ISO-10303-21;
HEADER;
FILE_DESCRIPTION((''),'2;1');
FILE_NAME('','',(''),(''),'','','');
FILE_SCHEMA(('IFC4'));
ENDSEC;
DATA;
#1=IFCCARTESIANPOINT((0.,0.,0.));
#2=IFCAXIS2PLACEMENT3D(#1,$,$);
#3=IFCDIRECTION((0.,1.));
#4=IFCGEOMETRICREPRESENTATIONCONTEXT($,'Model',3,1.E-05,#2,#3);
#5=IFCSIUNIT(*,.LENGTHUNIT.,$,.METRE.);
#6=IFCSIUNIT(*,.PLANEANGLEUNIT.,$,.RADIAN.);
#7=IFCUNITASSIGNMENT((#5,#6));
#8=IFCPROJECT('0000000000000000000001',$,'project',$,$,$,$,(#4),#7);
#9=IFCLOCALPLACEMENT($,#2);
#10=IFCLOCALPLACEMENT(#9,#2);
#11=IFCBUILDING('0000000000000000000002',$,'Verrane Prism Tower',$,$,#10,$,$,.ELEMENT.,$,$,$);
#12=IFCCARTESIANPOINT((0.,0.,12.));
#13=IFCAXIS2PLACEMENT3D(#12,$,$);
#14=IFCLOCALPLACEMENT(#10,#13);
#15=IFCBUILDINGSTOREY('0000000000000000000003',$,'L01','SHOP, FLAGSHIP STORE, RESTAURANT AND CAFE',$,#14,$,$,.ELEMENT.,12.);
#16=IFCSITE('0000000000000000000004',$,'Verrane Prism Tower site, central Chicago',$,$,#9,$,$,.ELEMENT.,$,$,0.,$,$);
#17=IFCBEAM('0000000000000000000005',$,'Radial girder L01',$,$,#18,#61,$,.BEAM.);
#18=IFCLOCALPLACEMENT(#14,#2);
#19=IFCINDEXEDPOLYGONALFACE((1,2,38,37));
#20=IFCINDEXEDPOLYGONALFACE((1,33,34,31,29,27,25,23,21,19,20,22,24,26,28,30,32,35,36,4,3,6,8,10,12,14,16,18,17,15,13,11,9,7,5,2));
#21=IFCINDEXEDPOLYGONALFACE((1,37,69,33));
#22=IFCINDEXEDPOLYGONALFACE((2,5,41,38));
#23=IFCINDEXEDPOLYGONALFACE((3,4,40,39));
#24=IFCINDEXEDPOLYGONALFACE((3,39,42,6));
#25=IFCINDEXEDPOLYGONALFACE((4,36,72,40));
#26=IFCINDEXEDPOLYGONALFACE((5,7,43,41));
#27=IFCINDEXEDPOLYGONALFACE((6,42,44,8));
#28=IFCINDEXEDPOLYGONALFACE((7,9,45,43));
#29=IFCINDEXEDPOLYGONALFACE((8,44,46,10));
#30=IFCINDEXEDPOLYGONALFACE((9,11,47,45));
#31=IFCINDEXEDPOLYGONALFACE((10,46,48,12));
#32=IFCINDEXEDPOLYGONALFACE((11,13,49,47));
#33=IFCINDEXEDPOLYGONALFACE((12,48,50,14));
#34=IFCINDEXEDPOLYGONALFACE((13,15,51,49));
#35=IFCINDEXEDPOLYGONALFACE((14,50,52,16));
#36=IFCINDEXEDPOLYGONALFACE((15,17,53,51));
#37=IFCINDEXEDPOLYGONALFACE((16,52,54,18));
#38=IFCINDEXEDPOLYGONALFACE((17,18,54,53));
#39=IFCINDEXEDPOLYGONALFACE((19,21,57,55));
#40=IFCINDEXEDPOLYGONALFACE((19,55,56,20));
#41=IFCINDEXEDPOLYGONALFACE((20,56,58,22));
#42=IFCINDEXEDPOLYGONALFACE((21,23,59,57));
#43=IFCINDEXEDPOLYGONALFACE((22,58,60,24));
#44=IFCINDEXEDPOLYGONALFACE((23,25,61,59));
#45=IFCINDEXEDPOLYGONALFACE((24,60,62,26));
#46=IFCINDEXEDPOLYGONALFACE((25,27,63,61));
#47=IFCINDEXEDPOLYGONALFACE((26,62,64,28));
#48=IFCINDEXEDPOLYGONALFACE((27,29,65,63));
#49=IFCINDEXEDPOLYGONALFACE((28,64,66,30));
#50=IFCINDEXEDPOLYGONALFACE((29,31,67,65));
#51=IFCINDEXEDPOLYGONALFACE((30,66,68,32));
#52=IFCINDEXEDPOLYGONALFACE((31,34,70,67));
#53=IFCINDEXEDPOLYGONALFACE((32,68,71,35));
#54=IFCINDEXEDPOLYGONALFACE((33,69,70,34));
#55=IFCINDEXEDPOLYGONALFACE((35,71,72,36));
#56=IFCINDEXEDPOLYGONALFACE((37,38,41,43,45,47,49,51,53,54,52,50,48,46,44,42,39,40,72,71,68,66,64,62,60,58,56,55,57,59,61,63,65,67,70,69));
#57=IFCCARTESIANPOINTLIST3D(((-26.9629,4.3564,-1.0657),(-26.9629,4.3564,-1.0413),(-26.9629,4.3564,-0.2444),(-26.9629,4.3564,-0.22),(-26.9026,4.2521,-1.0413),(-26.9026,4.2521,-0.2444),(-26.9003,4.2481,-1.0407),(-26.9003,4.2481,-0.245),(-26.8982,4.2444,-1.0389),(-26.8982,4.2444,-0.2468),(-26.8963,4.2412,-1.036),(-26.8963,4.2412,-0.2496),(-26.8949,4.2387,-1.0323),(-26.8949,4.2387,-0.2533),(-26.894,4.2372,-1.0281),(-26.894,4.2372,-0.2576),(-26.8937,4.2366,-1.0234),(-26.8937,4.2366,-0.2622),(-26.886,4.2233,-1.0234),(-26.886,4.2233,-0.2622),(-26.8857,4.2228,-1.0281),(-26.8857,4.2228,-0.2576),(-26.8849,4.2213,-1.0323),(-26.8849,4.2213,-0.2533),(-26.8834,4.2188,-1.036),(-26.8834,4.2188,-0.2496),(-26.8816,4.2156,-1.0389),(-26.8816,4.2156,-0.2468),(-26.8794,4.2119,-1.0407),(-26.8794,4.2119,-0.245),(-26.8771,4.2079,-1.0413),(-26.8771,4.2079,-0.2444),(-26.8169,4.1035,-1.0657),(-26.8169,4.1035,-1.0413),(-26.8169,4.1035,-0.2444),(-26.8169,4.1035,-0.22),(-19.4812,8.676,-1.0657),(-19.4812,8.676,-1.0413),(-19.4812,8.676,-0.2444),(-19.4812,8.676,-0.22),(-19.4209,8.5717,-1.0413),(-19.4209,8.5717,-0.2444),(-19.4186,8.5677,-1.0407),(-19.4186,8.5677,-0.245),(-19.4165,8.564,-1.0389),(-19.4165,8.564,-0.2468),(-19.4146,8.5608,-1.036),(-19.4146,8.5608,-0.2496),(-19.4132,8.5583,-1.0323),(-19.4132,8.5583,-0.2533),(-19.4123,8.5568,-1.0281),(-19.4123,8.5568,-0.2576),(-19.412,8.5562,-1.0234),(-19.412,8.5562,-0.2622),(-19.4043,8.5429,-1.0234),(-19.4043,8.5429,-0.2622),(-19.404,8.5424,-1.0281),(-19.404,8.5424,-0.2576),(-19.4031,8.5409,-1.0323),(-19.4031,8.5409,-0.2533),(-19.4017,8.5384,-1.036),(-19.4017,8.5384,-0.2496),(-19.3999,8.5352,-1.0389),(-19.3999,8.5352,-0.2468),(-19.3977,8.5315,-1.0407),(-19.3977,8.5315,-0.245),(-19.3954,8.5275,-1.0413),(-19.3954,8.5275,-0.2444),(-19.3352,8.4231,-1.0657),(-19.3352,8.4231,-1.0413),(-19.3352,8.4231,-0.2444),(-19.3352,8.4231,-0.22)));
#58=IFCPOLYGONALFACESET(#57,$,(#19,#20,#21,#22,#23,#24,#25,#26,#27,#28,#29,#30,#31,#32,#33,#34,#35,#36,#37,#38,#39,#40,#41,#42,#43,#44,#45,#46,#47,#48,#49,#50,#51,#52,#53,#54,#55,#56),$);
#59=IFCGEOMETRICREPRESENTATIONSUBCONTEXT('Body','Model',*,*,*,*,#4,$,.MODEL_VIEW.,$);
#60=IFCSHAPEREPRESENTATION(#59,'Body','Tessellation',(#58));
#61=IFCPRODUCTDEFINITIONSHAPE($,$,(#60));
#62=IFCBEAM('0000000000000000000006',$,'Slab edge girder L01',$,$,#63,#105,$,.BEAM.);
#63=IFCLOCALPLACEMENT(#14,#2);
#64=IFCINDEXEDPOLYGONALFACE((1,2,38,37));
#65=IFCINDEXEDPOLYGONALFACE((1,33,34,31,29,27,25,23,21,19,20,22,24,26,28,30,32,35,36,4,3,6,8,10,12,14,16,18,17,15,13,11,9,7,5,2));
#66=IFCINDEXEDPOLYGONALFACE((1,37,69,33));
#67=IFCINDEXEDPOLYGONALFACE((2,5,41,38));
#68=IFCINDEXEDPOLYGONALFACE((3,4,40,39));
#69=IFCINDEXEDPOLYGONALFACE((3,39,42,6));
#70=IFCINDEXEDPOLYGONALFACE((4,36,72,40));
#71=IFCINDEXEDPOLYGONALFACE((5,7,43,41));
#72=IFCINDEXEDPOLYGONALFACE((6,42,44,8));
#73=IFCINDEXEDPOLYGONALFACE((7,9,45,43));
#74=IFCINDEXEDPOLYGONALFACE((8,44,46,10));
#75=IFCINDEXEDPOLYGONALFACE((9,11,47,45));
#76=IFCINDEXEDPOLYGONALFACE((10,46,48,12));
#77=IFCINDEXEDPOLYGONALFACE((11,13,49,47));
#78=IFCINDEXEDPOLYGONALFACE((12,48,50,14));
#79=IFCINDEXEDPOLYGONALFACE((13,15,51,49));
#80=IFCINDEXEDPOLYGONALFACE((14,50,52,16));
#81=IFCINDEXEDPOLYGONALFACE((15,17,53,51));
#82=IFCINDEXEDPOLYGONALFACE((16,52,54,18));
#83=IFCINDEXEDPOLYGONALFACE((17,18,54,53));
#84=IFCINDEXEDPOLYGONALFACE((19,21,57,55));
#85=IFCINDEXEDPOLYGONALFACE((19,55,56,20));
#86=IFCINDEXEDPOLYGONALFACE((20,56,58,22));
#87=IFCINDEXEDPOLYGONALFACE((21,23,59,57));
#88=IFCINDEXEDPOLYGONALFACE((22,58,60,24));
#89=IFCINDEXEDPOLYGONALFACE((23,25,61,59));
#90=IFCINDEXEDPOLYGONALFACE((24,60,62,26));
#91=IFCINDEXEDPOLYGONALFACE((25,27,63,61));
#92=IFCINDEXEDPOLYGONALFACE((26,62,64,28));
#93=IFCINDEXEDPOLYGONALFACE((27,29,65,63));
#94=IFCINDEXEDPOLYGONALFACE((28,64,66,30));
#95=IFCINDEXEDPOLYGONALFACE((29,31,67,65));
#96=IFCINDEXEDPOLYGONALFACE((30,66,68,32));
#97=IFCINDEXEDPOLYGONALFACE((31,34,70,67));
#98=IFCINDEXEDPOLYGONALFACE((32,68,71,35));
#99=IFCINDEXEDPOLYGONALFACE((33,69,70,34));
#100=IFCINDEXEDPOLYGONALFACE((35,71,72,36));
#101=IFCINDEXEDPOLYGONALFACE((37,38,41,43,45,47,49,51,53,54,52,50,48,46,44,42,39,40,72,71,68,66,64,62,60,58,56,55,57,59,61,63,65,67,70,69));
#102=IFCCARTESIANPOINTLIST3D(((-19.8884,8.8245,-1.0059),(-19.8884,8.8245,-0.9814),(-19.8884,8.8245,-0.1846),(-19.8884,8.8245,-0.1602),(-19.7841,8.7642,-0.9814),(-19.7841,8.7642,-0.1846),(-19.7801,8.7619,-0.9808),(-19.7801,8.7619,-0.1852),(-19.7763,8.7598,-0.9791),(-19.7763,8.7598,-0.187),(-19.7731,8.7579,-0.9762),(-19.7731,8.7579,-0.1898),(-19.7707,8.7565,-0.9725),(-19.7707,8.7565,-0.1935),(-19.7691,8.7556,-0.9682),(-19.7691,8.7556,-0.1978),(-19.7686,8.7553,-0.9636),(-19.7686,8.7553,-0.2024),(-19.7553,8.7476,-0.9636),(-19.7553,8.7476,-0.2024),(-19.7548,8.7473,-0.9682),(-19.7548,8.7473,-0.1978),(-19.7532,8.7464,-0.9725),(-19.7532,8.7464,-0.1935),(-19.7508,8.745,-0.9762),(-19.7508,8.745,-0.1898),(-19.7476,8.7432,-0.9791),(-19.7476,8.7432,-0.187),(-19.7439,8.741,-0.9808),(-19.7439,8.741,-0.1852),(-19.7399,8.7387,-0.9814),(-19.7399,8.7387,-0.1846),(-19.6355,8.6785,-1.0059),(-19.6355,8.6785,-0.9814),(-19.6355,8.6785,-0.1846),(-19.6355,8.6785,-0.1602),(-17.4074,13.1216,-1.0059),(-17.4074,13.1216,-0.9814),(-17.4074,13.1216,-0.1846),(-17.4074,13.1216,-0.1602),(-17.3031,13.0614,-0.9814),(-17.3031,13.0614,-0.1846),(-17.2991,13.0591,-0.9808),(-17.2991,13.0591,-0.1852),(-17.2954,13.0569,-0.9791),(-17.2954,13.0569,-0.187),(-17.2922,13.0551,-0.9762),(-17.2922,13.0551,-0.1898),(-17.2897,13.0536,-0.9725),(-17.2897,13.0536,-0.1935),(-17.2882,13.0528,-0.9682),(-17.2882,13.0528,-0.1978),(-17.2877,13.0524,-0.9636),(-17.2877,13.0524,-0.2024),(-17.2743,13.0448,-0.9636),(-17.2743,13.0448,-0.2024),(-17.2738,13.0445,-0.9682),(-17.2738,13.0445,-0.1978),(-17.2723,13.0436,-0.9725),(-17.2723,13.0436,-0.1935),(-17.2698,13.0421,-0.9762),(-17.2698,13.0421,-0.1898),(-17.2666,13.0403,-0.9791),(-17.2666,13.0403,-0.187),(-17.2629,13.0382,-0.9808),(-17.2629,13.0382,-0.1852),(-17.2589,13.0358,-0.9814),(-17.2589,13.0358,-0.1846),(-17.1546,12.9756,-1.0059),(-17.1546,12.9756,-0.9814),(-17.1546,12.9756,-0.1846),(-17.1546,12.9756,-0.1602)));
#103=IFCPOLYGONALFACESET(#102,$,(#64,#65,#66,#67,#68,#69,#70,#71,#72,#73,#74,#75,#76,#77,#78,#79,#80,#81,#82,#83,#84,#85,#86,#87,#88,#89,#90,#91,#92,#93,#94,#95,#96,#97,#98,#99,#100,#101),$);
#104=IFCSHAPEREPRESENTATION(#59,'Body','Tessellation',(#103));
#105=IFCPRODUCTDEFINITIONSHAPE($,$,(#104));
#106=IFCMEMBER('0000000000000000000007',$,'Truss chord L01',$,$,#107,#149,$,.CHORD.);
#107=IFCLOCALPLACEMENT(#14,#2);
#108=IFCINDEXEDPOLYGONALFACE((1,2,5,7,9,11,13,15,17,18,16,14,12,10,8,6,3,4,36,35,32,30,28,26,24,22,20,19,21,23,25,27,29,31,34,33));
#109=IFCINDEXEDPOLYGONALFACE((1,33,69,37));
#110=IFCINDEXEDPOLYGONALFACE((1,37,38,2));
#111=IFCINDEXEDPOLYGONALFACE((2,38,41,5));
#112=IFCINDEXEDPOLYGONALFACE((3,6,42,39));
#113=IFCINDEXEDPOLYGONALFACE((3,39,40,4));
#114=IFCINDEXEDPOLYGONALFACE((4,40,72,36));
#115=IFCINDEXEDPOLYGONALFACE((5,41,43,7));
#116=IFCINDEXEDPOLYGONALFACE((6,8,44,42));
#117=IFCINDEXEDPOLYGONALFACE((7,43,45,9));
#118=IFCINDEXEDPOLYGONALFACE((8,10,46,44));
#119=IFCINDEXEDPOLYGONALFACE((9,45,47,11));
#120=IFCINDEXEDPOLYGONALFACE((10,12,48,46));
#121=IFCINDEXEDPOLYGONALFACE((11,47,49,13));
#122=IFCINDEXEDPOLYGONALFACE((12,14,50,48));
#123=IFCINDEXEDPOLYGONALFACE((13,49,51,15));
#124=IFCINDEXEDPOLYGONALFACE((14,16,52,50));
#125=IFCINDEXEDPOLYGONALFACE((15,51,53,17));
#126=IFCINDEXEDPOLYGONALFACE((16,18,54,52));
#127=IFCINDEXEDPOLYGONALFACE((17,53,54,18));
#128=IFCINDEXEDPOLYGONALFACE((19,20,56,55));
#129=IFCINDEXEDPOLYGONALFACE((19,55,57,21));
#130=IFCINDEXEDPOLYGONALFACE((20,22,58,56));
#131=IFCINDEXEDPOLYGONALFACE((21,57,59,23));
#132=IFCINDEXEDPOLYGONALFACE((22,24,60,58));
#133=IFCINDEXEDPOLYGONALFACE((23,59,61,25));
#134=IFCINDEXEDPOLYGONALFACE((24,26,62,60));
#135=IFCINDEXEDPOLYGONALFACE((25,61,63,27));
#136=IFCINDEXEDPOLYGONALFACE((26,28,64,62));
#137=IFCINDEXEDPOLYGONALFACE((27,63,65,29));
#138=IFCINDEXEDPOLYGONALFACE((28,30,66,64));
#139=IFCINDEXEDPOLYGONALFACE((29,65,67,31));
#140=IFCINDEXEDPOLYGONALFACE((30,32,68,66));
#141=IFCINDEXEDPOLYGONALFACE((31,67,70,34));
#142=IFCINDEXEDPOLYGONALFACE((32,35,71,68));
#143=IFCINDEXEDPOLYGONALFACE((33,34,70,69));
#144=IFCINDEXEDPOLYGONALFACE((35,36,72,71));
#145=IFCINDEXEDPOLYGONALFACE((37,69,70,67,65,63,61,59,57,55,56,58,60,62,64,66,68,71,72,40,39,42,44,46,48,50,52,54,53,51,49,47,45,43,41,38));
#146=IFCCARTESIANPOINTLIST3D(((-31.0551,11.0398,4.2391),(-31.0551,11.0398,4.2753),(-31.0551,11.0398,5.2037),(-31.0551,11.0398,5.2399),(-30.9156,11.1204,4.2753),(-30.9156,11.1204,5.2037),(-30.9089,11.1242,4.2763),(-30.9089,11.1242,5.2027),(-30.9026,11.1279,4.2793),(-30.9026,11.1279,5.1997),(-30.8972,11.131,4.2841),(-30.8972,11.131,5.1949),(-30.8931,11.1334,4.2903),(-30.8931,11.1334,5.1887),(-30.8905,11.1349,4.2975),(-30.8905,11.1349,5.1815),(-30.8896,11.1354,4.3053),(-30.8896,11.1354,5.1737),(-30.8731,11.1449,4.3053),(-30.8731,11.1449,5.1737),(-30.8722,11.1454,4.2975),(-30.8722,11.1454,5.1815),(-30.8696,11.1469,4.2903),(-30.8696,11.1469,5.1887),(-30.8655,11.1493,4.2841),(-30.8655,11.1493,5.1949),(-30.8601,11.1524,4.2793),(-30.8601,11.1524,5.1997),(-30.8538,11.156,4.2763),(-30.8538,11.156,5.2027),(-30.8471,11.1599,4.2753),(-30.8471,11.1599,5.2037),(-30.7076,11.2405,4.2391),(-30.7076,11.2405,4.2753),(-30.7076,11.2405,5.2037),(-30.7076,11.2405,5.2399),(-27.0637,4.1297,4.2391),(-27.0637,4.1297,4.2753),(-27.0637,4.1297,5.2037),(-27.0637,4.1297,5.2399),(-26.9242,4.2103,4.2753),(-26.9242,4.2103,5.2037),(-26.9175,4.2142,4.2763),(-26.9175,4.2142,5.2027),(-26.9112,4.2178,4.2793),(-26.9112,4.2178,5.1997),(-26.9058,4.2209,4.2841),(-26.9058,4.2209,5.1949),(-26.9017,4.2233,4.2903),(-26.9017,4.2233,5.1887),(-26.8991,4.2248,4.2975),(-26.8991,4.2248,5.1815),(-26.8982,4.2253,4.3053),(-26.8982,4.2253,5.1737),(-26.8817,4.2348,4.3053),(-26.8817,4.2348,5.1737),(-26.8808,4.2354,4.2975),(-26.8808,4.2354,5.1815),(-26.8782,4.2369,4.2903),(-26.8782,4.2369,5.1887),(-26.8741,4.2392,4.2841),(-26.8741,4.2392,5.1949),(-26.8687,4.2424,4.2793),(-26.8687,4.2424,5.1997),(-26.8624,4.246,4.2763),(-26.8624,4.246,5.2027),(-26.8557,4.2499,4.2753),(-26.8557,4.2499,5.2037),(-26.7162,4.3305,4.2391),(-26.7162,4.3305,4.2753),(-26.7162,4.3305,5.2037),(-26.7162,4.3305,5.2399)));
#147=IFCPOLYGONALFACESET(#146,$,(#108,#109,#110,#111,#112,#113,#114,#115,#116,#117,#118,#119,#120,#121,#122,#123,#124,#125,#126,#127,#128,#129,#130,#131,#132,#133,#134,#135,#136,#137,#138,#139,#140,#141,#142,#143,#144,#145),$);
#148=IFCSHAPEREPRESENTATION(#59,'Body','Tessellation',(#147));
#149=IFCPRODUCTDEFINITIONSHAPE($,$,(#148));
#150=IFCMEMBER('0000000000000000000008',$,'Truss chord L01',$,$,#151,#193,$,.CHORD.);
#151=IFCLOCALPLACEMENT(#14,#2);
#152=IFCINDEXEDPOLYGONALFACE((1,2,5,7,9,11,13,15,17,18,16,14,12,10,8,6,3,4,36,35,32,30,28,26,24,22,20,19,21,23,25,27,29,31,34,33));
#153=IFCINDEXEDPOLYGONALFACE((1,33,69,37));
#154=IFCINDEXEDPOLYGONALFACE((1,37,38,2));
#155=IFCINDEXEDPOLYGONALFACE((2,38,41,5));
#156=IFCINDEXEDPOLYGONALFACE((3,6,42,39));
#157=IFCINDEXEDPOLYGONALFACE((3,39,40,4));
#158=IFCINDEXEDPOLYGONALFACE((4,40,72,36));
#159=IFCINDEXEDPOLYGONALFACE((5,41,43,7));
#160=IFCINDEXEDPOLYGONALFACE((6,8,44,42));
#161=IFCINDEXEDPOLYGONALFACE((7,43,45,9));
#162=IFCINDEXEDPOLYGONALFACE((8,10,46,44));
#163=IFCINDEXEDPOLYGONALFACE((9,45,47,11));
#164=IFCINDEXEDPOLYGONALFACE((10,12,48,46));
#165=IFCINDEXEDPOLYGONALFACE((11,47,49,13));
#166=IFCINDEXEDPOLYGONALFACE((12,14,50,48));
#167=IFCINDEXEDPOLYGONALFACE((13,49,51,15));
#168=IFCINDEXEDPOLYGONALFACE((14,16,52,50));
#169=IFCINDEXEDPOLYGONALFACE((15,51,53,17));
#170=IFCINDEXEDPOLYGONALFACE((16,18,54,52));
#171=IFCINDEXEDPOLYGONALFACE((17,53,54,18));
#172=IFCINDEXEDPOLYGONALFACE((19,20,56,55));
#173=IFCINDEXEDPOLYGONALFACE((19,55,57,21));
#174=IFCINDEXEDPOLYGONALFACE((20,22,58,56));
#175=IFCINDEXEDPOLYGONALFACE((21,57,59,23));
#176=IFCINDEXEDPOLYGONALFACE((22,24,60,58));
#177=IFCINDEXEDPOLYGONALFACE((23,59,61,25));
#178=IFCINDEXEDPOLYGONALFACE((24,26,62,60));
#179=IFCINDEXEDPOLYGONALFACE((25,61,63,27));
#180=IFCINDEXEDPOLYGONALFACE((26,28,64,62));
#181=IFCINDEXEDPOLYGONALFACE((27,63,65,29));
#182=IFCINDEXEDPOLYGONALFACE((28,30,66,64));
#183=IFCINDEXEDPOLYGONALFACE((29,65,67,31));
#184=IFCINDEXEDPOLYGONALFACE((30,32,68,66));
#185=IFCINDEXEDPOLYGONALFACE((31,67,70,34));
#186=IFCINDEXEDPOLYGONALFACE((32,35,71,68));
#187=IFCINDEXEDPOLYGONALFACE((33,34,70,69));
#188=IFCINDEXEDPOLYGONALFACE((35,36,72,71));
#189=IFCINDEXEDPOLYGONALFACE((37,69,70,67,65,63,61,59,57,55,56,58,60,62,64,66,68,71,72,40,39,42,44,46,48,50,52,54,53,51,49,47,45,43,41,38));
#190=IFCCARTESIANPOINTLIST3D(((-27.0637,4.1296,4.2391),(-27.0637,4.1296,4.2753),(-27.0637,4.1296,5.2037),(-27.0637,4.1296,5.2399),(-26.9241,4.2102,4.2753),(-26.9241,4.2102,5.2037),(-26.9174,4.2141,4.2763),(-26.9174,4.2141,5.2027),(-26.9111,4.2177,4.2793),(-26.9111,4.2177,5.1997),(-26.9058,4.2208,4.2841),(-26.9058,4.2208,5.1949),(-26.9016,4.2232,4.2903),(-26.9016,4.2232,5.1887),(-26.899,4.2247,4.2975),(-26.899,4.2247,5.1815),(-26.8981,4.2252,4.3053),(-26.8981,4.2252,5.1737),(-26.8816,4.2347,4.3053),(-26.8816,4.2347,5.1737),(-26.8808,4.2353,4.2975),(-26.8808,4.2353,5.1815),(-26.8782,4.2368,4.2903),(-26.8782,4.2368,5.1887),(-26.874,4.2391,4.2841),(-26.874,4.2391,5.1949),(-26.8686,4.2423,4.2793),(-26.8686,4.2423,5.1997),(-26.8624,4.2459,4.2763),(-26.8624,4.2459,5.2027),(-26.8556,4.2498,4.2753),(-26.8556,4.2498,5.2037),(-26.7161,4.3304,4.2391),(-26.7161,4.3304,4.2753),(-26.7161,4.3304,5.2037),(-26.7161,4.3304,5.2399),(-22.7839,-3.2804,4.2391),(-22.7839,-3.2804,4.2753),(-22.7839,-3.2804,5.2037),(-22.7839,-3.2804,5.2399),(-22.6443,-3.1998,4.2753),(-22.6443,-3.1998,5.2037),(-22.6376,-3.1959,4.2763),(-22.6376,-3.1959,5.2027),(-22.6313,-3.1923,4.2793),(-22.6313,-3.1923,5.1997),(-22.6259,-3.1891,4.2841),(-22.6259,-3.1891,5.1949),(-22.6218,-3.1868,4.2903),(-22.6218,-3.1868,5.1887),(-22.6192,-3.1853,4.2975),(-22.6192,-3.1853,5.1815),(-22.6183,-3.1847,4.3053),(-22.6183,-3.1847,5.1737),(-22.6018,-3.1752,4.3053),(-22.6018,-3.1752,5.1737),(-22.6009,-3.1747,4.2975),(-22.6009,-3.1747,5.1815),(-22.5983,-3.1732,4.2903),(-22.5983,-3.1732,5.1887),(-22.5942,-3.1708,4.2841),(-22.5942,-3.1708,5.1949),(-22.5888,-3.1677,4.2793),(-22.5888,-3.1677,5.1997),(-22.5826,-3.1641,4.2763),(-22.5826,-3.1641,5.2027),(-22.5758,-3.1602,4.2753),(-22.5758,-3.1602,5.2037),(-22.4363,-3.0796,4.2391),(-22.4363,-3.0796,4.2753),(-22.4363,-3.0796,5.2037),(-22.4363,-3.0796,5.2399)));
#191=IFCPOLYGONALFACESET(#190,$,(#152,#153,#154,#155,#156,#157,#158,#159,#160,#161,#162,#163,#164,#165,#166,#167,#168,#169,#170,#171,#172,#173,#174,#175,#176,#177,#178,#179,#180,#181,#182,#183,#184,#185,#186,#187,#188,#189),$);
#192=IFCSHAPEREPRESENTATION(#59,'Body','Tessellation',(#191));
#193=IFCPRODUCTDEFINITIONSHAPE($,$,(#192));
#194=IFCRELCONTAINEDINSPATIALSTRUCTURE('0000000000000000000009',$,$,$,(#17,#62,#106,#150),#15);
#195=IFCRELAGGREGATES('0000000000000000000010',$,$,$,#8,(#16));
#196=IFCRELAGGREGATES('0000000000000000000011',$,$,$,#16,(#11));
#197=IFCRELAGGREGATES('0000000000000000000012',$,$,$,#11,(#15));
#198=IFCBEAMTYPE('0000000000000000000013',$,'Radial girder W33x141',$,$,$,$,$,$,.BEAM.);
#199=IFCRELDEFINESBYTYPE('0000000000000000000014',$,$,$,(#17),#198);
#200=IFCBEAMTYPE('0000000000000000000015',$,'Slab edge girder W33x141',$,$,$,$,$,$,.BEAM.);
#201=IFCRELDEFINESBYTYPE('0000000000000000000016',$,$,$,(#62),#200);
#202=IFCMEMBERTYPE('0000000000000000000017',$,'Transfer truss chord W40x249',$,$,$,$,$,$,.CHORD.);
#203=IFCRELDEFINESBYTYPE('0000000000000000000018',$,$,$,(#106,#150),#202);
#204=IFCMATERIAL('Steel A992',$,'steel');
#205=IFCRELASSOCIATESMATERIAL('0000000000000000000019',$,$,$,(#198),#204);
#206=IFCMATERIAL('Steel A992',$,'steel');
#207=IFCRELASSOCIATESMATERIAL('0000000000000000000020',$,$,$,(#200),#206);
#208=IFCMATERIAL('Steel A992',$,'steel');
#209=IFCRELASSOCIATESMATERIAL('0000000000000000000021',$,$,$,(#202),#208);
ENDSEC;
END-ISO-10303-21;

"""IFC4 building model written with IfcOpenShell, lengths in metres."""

from ifc_helpers import new_model, si_unit, direction, frame, origin, origin_2d, place, context, subcontext, project, spatial, i_section, extrude, material, material_profile, profile_set, type_object, element, save


model = new_model("IFC4")

# Units and contexts
model_context = context("Model", 3, precision=1e-05, world=origin(), true_north=direction((0.0, 1.0)))
body_context = subcontext(model_context, "Body", "Model", "MODEL_VIEW")
ifc_project = project(units=[si_unit("LENGTHUNIT", "METRE"), si_unit("PLANEANGLEUNIT", "RADIAN")], contexts=[model_context])

# Site, building, storey
site_placement = place(None, origin())
site = spatial("IfcSite", under=ifc_project, at=site_placement, Name="Verrane Prism Tower site, central Chicago", CompositionType="ELEMENT", RefElevation=0.0)
building_placement = place(site_placement, origin())
building = spatial("IfcBuilding", under=site, at=building_placement, Name="Verrane Prism Tower", CompositionType="ELEMENT")
storey_placement = place(building_placement, frame((0.0, 0.0, 12.0)))
storey = spatial("IfcBuildingStorey", under=building, at=storey_placement, Name="L01", Description="SHOP, FLAGSHIP STORE, RESTAURANT AND CAFE", CompositionType="ELEMENT", Elevation=12.0)

# Beams
ifc_material_1 = material(Name="Steel A992", Category="steel")
ifc_material_profile_1 = material_profile(ifc_material_1, i_section(OverallWidth=0.292, OverallDepth=0.8457, WebThickness=0.0154, FlangeThickness=0.0244, FilletRadius=0.0178, at=origin_2d()), Name="W33x141")
ifc_profile_set_1 = profile_set([ifc_material_profile_1], Name="Steel A992")
beam_type_1 = type_object("IfcBeamType", Name="Radial girder W33x141", PredefinedType="BEAM", material=ifc_profile_set_1)
beam_1_placement = place(storey_placement, frame((-26.8899, 4.23, -0.6428), z_axis=(0.866024, 0.500002, 0.0), x_axis=(-0.500002, 0.866024, 0.0)))
element("IfcBeam", 1, at=beam_1_placement, inside=storey, type_object=beam_type_1, Name="Radial girder L01", PredefinedType="BEAM", context=body_context, shape_type="SweptSolid", body=[
    extrude(i_section(OverallWidth=0.292, OverallDepth=0.8457, WebThickness=0.0154, FlangeThickness=0.0244, FilletRadius=0.0178, at=origin_2d()), origin(), (0.0, 0.0, 1.0), 8.6392),
])
ifc_material_2 = material(Name="Steel A992", Category="steel")
ifc_material_profile_2 = material_profile(ifc_material_2, i_section(OverallWidth=0.292, OverallDepth=0.8457, WebThickness=0.0154, FlangeThickness=0.0244, FilletRadius=0.0178, at=origin_2d()), Name="W33x141")
ifc_profile_set_2 = profile_set([ifc_material_profile_2], Name="Steel A992")
beam_type_2 = type_object("IfcBeamType", Name="Slab edge girder W33x141", PredefinedType="BEAM", material=ifc_profile_set_2)
beam_2_placement = place(storey_placement, frame((-19.762, 8.7515, -0.583), z_axis=(0.500002, 0.866024, 0.0), x_axis=(-0.866024, 0.500002, 0.0)))
element("IfcBeam", 2, at=beam_2_placement, inside=storey, type_object=beam_type_2, Name="Slab edge girder L01", PredefinedType="BEAM", context=body_context, shape_type="SweptSolid", body=[
    extrude(i_section(OverallWidth=0.292, OverallDepth=0.8457, WebThickness=0.0154, FlangeThickness=0.0244, FilletRadius=0.0178, at=origin_2d()), origin(), (0.0, 0.0, 1.0), 4.9619),
])

# Members
ifc_material_3 = material(Name="Steel A992", Category="steel")
ifc_material_profile_3 = material_profile(ifc_material_3, i_section(OverallWidth=0.4014, OverallDepth=1.0007, WebThickness=0.019, FlangeThickness=0.0361, FilletRadius=0.03, at=origin_2d()), Name="W40x249")
ifc_profile_set_3 = profile_set([ifc_material_profile_3], Name="Steel A992")
member_type_1 = type_object("IfcMemberType", Name="Transfer truss chord W40x249", PredefinedType="CHORD", material=ifc_profile_set_3)
member_1_placement = place(storey_placement, frame((-30.8813, 11.1401, 4.7395), z_axis=(0.500176, -0.865924, 0.0), x_axis=(0.865924, 0.500176, 0.0)))
element("IfcMember", 3, at=member_1_placement, inside=storey, type_object=member_type_1, Name="Truss chord L01", PredefinedType="CHORD", context=body_context, shape_type="SweptSolid", body=[
    extrude(i_section(OverallWidth=0.4014, OverallDepth=1.0007, WebThickness=0.019, FlangeThickness=0.0361, FilletRadius=0.03, at=origin_2d()), origin(), (0.0, 0.0, 1.0), 7.98),
])
member_2_placement = place(storey_placement, frame((-26.8899, 4.23, 4.7395), z_axis=(0.500146, -0.865941, 0.0), x_axis=(0.865941, 0.500146, 0.0)))
element("IfcMember", 4, at=member_2_placement, inside=storey, type_object=member_type_1, Name="Truss chord L01", PredefinedType="CHORD", context=body_context, shape_type="SweptSolid", body=[
    extrude(i_section(OverallWidth=0.4014, OverallDepth=1.0007, WebThickness=0.019, FlangeThickness=0.0361, FilletRadius=0.03, at=origin_2d()), origin(), (0.0, 0.0, 1.0), 8.5571),
])

save(model, "model.ifc")
